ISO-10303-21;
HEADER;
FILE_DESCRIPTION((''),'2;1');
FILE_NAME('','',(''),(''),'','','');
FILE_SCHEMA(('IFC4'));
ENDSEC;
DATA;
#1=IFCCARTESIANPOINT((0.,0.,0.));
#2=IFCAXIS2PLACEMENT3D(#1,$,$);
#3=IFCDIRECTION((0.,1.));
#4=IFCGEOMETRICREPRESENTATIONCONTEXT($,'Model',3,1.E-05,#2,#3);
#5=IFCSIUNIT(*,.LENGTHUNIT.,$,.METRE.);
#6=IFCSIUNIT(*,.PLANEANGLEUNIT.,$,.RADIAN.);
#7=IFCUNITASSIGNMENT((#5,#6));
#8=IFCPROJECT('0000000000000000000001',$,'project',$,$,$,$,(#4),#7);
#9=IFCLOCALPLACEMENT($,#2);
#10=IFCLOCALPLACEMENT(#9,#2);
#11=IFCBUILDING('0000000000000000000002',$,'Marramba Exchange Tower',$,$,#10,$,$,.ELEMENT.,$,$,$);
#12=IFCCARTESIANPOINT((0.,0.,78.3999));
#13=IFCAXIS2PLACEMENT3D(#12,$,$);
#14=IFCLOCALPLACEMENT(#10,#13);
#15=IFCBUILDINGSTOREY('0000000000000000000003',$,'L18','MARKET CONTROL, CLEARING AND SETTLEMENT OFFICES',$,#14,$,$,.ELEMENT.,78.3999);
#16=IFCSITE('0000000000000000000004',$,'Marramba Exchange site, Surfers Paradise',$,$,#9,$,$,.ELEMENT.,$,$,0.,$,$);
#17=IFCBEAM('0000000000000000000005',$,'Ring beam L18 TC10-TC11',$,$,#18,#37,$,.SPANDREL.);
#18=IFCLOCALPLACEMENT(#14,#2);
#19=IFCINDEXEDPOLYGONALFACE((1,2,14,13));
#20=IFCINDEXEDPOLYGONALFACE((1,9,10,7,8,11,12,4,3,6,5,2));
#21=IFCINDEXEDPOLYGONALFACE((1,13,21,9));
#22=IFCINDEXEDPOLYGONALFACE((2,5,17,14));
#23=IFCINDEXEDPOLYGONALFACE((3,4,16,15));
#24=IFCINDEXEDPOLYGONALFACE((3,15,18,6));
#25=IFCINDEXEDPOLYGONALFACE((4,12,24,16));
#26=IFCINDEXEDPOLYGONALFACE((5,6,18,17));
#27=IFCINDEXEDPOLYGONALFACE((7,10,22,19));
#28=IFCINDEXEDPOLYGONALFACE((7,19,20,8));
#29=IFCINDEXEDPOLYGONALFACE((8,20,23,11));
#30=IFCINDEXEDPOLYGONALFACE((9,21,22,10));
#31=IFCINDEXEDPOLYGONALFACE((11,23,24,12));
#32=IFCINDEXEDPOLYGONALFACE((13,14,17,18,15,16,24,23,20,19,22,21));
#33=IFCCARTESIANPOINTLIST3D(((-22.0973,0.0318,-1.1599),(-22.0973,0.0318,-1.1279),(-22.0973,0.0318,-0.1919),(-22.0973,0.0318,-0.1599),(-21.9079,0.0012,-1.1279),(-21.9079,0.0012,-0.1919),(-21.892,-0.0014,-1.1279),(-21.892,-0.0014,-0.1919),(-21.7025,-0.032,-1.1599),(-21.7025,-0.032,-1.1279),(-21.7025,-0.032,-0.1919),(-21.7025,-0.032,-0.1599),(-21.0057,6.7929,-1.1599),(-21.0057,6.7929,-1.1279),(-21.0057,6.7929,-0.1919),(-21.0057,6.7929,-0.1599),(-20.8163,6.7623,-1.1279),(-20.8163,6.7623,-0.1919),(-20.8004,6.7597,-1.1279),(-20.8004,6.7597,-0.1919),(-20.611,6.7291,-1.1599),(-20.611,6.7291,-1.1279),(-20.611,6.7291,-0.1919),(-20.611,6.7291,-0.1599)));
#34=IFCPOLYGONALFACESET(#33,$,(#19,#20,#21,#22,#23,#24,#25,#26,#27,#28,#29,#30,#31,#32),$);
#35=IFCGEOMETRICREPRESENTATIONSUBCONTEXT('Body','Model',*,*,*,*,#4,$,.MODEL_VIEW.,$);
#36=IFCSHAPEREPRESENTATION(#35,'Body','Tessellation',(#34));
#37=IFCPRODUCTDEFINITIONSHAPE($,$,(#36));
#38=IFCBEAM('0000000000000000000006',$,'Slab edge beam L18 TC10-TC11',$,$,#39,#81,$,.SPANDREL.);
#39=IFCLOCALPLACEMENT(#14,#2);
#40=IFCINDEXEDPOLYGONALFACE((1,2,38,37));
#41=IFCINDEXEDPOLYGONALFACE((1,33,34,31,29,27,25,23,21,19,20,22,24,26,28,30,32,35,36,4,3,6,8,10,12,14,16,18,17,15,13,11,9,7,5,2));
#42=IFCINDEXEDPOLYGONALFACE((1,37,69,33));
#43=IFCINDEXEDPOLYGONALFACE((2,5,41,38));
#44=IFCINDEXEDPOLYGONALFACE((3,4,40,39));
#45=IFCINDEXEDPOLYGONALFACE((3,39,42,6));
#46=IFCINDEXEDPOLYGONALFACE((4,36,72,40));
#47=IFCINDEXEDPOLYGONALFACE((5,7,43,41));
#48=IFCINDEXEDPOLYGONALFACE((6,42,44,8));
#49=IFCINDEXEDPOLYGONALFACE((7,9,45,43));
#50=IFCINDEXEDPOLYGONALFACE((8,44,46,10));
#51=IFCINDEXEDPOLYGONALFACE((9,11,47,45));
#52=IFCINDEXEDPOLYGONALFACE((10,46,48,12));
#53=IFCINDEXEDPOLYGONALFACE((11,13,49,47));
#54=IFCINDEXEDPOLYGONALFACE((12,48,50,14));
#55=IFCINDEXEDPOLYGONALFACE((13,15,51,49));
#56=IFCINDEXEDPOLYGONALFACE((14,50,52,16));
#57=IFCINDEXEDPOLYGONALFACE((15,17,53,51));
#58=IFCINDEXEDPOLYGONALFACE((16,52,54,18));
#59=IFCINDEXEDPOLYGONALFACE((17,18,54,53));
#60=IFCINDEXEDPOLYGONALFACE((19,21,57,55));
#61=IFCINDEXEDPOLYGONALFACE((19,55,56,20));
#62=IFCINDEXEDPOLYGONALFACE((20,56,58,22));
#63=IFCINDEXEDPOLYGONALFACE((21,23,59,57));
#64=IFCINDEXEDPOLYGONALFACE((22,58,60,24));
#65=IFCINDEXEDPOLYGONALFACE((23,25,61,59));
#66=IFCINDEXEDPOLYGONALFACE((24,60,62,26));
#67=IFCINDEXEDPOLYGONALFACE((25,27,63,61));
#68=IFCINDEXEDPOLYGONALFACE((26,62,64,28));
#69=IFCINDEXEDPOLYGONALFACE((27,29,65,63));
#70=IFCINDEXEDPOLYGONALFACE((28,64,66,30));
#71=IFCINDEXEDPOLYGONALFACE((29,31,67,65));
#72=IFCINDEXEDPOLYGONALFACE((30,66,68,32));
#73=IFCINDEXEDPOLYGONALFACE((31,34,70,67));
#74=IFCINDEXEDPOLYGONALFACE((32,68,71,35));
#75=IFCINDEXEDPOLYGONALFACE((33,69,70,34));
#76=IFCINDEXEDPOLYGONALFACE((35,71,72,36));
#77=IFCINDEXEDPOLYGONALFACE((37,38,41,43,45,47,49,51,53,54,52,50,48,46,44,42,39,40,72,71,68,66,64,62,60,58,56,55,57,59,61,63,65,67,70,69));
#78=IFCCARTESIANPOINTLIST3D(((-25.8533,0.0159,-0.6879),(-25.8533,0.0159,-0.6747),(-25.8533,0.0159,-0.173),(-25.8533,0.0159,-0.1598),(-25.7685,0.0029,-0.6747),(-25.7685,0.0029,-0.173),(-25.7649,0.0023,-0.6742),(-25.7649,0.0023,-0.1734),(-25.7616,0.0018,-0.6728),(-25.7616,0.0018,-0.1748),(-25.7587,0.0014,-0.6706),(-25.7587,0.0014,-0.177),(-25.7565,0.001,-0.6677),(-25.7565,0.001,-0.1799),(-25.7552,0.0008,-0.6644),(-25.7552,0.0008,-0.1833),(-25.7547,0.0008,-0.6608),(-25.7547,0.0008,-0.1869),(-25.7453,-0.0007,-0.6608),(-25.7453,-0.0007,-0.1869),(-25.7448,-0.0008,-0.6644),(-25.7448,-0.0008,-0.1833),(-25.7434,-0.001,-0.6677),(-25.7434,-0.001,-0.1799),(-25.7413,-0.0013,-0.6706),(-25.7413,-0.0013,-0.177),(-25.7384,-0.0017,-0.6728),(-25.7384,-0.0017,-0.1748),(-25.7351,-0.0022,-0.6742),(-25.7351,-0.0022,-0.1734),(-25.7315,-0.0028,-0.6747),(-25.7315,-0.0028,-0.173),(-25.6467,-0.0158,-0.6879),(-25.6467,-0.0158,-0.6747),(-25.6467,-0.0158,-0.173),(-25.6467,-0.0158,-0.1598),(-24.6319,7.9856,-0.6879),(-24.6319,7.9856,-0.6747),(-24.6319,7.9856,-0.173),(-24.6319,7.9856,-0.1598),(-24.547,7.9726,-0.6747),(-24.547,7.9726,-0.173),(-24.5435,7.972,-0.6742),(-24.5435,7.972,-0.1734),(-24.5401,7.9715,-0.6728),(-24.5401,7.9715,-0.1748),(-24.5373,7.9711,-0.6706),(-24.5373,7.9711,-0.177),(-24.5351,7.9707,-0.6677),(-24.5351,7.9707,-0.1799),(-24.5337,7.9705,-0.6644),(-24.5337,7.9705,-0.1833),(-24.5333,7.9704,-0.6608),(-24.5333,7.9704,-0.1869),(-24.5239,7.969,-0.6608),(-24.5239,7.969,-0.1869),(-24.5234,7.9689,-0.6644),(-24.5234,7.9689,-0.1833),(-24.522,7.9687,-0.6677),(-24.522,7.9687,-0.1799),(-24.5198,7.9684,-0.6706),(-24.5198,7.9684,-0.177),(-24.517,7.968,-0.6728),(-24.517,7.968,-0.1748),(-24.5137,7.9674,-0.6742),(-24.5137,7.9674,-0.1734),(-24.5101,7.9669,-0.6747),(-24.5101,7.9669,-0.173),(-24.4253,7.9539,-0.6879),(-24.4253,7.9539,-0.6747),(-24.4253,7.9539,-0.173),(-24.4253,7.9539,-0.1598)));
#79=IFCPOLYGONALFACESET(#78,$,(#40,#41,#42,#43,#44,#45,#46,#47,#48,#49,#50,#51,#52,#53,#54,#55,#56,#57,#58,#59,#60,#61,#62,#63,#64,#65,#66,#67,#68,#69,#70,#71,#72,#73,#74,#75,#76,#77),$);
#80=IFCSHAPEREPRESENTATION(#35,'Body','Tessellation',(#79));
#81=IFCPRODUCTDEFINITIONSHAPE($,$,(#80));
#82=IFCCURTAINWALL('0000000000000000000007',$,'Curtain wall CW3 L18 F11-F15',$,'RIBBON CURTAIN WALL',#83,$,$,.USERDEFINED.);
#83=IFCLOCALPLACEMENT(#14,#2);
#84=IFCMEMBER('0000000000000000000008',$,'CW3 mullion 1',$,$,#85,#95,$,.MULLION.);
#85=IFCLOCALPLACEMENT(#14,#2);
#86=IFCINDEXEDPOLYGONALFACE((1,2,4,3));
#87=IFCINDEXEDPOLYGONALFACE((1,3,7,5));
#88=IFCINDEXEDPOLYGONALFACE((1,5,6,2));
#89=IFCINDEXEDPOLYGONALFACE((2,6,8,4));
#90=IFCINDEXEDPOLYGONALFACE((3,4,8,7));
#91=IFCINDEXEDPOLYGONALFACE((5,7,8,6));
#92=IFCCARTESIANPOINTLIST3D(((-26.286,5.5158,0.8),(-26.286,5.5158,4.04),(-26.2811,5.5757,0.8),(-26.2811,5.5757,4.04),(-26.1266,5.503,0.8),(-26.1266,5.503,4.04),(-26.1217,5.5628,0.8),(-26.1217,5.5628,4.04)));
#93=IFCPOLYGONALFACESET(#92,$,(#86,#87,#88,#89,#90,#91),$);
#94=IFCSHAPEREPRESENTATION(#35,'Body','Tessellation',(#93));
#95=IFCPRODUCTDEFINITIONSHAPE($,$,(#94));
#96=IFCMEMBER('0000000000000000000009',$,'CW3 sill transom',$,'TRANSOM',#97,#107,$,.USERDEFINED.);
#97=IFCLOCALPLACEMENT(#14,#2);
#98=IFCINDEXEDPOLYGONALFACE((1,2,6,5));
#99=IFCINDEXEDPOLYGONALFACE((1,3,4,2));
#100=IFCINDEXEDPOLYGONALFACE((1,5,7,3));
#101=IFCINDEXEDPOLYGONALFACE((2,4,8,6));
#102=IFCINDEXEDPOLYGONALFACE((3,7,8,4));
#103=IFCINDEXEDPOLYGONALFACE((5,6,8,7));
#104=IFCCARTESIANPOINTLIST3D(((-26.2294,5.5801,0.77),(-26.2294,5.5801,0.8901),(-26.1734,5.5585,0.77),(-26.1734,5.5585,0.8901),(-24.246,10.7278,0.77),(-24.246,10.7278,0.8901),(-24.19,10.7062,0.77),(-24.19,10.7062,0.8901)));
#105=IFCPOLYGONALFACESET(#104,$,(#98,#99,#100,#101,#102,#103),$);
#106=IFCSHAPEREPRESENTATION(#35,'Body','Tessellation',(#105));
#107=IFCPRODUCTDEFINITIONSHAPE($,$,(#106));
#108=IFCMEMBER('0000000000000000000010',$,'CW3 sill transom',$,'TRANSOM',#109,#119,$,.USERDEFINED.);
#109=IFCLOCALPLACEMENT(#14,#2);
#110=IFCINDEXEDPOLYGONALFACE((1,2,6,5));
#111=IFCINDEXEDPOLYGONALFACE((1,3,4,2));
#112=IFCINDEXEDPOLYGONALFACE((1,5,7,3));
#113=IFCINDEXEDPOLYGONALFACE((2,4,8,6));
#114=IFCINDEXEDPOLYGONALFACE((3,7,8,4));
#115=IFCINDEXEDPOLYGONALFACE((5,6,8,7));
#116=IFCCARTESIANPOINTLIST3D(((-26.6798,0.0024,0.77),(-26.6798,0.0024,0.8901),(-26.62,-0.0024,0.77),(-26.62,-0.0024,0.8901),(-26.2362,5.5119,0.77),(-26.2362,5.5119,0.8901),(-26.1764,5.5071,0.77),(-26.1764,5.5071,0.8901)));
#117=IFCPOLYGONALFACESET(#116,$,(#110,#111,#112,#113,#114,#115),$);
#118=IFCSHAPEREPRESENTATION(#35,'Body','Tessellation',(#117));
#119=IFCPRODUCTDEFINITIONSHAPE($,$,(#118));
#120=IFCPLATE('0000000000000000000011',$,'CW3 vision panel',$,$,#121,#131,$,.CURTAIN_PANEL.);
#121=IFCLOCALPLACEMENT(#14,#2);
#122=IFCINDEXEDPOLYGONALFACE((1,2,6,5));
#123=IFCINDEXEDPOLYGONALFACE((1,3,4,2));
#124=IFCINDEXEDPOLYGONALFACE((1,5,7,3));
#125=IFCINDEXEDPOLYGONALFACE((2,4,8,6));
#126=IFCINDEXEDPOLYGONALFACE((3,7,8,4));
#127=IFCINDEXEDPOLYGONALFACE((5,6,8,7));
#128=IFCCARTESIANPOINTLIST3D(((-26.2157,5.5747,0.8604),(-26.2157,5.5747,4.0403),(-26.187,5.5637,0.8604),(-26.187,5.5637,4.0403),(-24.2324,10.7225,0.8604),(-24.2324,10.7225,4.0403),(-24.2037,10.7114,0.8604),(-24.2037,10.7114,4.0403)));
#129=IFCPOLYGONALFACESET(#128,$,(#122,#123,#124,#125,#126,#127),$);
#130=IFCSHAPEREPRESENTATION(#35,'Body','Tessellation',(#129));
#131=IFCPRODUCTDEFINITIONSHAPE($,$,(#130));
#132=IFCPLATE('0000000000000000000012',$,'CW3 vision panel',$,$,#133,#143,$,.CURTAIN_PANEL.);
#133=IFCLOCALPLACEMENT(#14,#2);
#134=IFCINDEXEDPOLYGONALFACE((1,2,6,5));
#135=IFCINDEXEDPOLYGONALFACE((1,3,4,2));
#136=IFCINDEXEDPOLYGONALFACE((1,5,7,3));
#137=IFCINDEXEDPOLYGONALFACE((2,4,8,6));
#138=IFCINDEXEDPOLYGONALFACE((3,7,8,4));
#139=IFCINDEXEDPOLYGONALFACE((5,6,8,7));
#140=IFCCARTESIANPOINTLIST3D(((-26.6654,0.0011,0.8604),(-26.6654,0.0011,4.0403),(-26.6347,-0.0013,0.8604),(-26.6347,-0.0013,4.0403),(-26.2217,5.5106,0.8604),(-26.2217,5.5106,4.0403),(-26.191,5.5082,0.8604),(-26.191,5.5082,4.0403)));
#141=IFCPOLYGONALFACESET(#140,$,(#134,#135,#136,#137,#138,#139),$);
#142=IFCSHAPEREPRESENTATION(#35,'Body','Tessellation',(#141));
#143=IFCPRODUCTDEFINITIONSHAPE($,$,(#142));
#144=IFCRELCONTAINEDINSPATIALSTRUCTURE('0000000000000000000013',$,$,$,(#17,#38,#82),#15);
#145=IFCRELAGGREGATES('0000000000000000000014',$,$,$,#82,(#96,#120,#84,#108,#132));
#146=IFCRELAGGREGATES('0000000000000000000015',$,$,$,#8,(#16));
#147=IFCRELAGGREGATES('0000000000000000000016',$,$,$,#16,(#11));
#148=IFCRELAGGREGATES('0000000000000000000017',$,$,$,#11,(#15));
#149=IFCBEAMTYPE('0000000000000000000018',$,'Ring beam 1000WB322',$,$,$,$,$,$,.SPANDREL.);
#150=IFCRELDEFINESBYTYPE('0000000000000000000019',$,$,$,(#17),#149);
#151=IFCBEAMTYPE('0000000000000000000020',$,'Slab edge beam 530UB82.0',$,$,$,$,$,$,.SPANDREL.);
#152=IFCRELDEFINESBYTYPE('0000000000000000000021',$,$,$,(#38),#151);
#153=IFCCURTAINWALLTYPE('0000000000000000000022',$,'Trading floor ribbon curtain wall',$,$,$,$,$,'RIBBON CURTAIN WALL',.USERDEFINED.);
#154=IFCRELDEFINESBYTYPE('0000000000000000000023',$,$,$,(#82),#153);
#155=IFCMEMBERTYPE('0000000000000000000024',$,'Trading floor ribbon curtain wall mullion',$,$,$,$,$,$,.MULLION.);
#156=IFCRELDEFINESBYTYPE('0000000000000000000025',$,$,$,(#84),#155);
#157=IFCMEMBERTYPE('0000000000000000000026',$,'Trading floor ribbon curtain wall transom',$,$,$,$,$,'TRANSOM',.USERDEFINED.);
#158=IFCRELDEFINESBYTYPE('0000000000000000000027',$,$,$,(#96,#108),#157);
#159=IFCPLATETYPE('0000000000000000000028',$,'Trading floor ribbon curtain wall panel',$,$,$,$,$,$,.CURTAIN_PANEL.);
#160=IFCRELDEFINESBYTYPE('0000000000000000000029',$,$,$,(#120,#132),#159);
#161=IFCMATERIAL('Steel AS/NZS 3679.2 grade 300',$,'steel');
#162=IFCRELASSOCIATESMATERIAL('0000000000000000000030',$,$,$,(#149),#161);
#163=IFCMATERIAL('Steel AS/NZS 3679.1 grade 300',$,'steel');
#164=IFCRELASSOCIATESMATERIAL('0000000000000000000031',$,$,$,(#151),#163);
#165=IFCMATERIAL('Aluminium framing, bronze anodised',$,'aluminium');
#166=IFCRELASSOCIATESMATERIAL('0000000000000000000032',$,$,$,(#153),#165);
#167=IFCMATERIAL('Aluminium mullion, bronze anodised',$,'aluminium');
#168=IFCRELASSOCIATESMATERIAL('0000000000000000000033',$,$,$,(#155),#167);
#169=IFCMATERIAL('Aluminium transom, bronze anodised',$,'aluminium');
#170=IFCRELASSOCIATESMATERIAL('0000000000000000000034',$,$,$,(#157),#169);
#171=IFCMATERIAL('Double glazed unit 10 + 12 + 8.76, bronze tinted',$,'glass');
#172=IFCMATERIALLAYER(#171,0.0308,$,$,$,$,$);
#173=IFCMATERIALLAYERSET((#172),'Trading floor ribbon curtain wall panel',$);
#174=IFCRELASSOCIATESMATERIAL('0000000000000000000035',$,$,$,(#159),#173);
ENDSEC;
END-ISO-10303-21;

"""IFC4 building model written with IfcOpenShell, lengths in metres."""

from ifc_helpers import new_model, si_unit, direction, frame, origin, origin_2d, place, context, subcontext, project, spatial, rectangle, i_section, extrude, material, layer, layer_set, material_profile, profile_set, type_object, element, aggregate, save


model = new_model("IFC4")

# Units and contexts
model_context = context("Model", 3, precision=1e-05, world=origin(), true_north=direction((0.0, 1.0)))
body_context = subcontext(model_context, "Body", "Model", "MODEL_VIEW")
ifc_project = project(units=[si_unit("LENGTHUNIT", "METRE"), si_unit("PLANEANGLEUNIT", "RADIAN")], contexts=[model_context])

# Site, building, storey
site_placement = place(None, origin())
site = spatial("IfcSite", under=ifc_project, at=site_placement, Name="Marramba Exchange site, Surfers Paradise", CompositionType="ELEMENT", RefElevation=0.0)
building_placement = place(site_placement, origin())
building = spatial("IfcBuilding", under=site, at=building_placement, Name="Marramba Exchange Tower", CompositionType="ELEMENT")
storey_placement = place(building_placement, frame((0.0, 0.0, 78.3999)))
storey = spatial("IfcBuildingStorey", under=building, at=storey_placement, Name="L18", Description="MARKET CONTROL, CLEARING AND SETTLEMENT OFFICES", CompositionType="ELEMENT", Elevation=78.3999)

# Beams
ifc_material_1 = material(Name="Steel AS/NZS 3679.2 grade 300", Category="steel")
ifc_material_2 = material(Name="Steel AS/NZS 3679.1 grade 300", Category="steel")
ifc_material_profile_1 = material_profile(ifc_material_1, i_section(OverallWidth=0.3999, OverallDepth=1.0, WebThickness=0.0161, FlangeThickness=0.032, at=origin_2d()), Name="1000WB322")
ifc_profile_set_1 = profile_set([ifc_material_profile_1], Name="Steel AS/NZS 3679.2 grade 300")
beam_type_1 = type_object("IfcBeamType", Name="Ring beam 1000WB322", PredefinedType="SPANDREL", material=ifc_profile_set_1)
beam_1_placement = place(storey_placement, frame((-20.8083, 6.761, -0.6599), z_axis=(-0.159385, -0.987217, 0.0), x_axis=(0.987217, -0.159385, 0.0)))
element("IfcBeam", 1, at=beam_1_placement, inside=storey, type_object=beam_type_1, Name="Ring beam L18 TC10-TC11", PredefinedType="SPANDREL", context=body_context, shape_type="SweptSolid", body=[
    extrude(i_section(OverallWidth=0.3999, OverallDepth=1.0, WebThickness=0.0161, FlangeThickness=0.032, at=origin_2d()), origin(), (0.0, 0.0, 1.0), 6.8486),
])
ifc_material_profile_2 = material_profile(ifc_material_2, i_section(OverallWidth=0.209, OverallDepth=0.5281, WebThickness=0.0095, FlangeThickness=0.0132, FilletRadius=0.0139, at=origin_2d()), Name="530UB82.0")
ifc_profile_set_2 = profile_set([ifc_material_profile_2], Name="Steel AS/NZS 3679.1 grade 300")
beam_type_2 = type_object("IfcBeamType", Name="Slab edge beam 530UB82.0", PredefinedType="SPANDREL", material=ifc_profile_set_2)
beam_2_placement = place(storey_placement, frame((-24.5286, 7.9697, -0.4238), z_axis=(-0.151491, -0.988459, 0.0), x_axis=(0.988459, -0.151491, 0.0)))
element("IfcBeam", 2, at=beam_2_placement, inside=storey, type_object=beam_type_2, Name="Slab edge beam L18 TC10-TC11", PredefinedType="SPANDREL", context=body_context, shape_type="SweptSolid", body=[
    extrude(i_section(OverallWidth=0.209, OverallDepth=0.5281, WebThickness=0.0095, FlangeThickness=0.0132, FilletRadius=0.0139, at=origin_2d()), origin(), (0.0, 0.0, 1.0), 8.0627),
])

# Curtain wall, members, plates
ifc_material_3 = material(Name="Aluminium framing, bronze anodised", Category="aluminium")
curtain_wall_type = type_object("IfcCurtainWallType", Name="Trading floor ribbon curtain wall", ElementType="RIBBON CURTAIN WALL", PredefinedType="USERDEFINED", material=ifc_material_3)
curtain_wall_placement = place(storey_placement, origin())
curtain_wall = element("IfcCurtainWall", 3, at=curtain_wall_placement, inside=storey, type_object=curtain_wall_type, Name="Curtain wall CW3 L18 F11-F15", ObjectType="RIBBON CURTAIN WALL", PredefinedType="USERDEFINED")
ifc_material_4 = material(Name="Aluminium mullion, bronze anodised", Category="aluminium")
ifc_material_profile_3 = material_profile(ifc_material_4, rectangle(XDim=0.1599, YDim=0.0601, at=origin_2d()), Name="CW3 mullion 60x160")
ifc_profile_set_3 = profile_set([ifc_material_profile_3], Name="Aluminium mullion, bronze anodised")
member_type_1 = type_object("IfcMemberType", Name="Trading floor ribbon curtain wall mullion", PredefinedType="MULLION", material=ifc_profile_set_3)
member_1_placement = place(storey_placement, frame((-26.2039, 5.5393, 0.8), z_axis=(0.0, 0.0, 1.0), x_axis=(0.996773, -0.080275, 0.0)))
member_1 = element("IfcMember", 4, at=member_1_placement, type_object=member_type_1, Name="CW3 mullion 1", PredefinedType="MULLION", context=body_context, shape_type="SweptSolid", body=[
    extrude(rectangle(XDim=0.1599, YDim=0.0601, at=origin_2d()), origin(), (0.0, 0.0, 1.0), 3.24),
])
ifc_material_5 = material(Name="Aluminium transom, bronze anodised", Category="aluminium")
ifc_material_profile_4 = material_profile(ifc_material_5, rectangle(XDim=0.0601, YDim=0.1201, at=origin_2d()), Name="CW3 transom 60x120")
ifc_profile_set_4 = profile_set([ifc_material_profile_4], Name="Aluminium transom, bronze anodised")
member_type_2 = type_object("IfcMemberType", Name="Trading floor ribbon curtain wall transom", ElementType="TRANSOM", PredefinedType="USERDEFINED", material=ifc_profile_set_4)
member_2_placement = place(storey_placement, frame((-24.218, 10.717, 0.8301), z_axis=(-0.359534, -0.933132, 0.0), x_axis=(0.933132, -0.359534, 0.0)))
member_2 = element("IfcMember", 5, at=member_2_placement, type_object=member_type_2, Name="CW3 sill transom", ObjectType="TRANSOM", PredefinedType="USERDEFINED", context=body_context, shape_type="SweptSolid", body=[
    extrude(rectangle(XDim=0.0601, YDim=0.1201, at=origin_2d()), origin(), (0.0, 0.0, 1.0), 5.5166),
])
member_3_placement = place(storey_placement, frame((-26.2063, 5.5095, 0.8301), z_axis=(-0.080256, -0.996774, 0.0), x_axis=(0.996774, -0.080256, 0.0)))
member_3 = element("IfcMember", 6, at=member_3_placement, type_object=member_type_2, Name="CW3 sill transom", ObjectType="TRANSOM", PredefinedType="USERDEFINED", context=body_context, shape_type="SweptSolid", body=[
    extrude(rectangle(XDim=0.0601, YDim=0.1201, at=origin_2d()), origin(), (0.0, 0.0, 1.0), 5.5273),
])
ifc_material_6 = material(Name="Double glazed unit 10 + 12 + 8.76, bronze tinted", Category="glass")
ifc_layer_1 = layer(ifc_material_6, 0.0308)
ifc_layer_set_1 = layer_set([ifc_layer_1], Name="Trading floor ribbon curtain wall panel")
plate_type = type_object("IfcPlateType", Name="Trading floor ribbon curtain wall panel", PredefinedType="CURTAIN_PANEL", material=ifc_layer_set_1)
plate_1_placement = place(storey_placement, frame((-25.2097, 8.1431, 0.8604), z_axis=(0.0, 0.0, 1.0), x_axis=(-0.359526, -0.933135, 0.0)))
plate_1 = element("IfcPlate", 7, at=plate_1_placement, type_object=plate_type, Name="CW3 vision panel", PredefinedType="CURTAIN_PANEL", context=body_context, shape_type="SweptSolid", body=[
    extrude(rectangle(XDim=5.5166, YDim=0.0308, at=origin_2d()), origin(), (0.0, 0.0, 1.0), 3.1799),
])
plate_2_placement = place(storey_placement, frame((-26.4282, 2.7546, 0.8604), z_axis=(0.0, 0.0, 1.0), x_axis=(-0.080275, -0.996773, 0.0)))
plate_2 = element("IfcPlate", 8, at=plate_2_placement, type_object=plate_type, Name="CW3 vision panel", PredefinedType="CURTAIN_PANEL", context=body_context, shape_type="SweptSolid", body=[
    extrude(rectangle(XDim=5.5273, YDim=0.0308, at=origin_2d()), origin(), (0.0, 0.0, 1.0), 3.1799),
])
aggregate(curtain_wall, [member_2, plate_1, member_1, member_3, plate_2])

save(model, "model.ifc")
